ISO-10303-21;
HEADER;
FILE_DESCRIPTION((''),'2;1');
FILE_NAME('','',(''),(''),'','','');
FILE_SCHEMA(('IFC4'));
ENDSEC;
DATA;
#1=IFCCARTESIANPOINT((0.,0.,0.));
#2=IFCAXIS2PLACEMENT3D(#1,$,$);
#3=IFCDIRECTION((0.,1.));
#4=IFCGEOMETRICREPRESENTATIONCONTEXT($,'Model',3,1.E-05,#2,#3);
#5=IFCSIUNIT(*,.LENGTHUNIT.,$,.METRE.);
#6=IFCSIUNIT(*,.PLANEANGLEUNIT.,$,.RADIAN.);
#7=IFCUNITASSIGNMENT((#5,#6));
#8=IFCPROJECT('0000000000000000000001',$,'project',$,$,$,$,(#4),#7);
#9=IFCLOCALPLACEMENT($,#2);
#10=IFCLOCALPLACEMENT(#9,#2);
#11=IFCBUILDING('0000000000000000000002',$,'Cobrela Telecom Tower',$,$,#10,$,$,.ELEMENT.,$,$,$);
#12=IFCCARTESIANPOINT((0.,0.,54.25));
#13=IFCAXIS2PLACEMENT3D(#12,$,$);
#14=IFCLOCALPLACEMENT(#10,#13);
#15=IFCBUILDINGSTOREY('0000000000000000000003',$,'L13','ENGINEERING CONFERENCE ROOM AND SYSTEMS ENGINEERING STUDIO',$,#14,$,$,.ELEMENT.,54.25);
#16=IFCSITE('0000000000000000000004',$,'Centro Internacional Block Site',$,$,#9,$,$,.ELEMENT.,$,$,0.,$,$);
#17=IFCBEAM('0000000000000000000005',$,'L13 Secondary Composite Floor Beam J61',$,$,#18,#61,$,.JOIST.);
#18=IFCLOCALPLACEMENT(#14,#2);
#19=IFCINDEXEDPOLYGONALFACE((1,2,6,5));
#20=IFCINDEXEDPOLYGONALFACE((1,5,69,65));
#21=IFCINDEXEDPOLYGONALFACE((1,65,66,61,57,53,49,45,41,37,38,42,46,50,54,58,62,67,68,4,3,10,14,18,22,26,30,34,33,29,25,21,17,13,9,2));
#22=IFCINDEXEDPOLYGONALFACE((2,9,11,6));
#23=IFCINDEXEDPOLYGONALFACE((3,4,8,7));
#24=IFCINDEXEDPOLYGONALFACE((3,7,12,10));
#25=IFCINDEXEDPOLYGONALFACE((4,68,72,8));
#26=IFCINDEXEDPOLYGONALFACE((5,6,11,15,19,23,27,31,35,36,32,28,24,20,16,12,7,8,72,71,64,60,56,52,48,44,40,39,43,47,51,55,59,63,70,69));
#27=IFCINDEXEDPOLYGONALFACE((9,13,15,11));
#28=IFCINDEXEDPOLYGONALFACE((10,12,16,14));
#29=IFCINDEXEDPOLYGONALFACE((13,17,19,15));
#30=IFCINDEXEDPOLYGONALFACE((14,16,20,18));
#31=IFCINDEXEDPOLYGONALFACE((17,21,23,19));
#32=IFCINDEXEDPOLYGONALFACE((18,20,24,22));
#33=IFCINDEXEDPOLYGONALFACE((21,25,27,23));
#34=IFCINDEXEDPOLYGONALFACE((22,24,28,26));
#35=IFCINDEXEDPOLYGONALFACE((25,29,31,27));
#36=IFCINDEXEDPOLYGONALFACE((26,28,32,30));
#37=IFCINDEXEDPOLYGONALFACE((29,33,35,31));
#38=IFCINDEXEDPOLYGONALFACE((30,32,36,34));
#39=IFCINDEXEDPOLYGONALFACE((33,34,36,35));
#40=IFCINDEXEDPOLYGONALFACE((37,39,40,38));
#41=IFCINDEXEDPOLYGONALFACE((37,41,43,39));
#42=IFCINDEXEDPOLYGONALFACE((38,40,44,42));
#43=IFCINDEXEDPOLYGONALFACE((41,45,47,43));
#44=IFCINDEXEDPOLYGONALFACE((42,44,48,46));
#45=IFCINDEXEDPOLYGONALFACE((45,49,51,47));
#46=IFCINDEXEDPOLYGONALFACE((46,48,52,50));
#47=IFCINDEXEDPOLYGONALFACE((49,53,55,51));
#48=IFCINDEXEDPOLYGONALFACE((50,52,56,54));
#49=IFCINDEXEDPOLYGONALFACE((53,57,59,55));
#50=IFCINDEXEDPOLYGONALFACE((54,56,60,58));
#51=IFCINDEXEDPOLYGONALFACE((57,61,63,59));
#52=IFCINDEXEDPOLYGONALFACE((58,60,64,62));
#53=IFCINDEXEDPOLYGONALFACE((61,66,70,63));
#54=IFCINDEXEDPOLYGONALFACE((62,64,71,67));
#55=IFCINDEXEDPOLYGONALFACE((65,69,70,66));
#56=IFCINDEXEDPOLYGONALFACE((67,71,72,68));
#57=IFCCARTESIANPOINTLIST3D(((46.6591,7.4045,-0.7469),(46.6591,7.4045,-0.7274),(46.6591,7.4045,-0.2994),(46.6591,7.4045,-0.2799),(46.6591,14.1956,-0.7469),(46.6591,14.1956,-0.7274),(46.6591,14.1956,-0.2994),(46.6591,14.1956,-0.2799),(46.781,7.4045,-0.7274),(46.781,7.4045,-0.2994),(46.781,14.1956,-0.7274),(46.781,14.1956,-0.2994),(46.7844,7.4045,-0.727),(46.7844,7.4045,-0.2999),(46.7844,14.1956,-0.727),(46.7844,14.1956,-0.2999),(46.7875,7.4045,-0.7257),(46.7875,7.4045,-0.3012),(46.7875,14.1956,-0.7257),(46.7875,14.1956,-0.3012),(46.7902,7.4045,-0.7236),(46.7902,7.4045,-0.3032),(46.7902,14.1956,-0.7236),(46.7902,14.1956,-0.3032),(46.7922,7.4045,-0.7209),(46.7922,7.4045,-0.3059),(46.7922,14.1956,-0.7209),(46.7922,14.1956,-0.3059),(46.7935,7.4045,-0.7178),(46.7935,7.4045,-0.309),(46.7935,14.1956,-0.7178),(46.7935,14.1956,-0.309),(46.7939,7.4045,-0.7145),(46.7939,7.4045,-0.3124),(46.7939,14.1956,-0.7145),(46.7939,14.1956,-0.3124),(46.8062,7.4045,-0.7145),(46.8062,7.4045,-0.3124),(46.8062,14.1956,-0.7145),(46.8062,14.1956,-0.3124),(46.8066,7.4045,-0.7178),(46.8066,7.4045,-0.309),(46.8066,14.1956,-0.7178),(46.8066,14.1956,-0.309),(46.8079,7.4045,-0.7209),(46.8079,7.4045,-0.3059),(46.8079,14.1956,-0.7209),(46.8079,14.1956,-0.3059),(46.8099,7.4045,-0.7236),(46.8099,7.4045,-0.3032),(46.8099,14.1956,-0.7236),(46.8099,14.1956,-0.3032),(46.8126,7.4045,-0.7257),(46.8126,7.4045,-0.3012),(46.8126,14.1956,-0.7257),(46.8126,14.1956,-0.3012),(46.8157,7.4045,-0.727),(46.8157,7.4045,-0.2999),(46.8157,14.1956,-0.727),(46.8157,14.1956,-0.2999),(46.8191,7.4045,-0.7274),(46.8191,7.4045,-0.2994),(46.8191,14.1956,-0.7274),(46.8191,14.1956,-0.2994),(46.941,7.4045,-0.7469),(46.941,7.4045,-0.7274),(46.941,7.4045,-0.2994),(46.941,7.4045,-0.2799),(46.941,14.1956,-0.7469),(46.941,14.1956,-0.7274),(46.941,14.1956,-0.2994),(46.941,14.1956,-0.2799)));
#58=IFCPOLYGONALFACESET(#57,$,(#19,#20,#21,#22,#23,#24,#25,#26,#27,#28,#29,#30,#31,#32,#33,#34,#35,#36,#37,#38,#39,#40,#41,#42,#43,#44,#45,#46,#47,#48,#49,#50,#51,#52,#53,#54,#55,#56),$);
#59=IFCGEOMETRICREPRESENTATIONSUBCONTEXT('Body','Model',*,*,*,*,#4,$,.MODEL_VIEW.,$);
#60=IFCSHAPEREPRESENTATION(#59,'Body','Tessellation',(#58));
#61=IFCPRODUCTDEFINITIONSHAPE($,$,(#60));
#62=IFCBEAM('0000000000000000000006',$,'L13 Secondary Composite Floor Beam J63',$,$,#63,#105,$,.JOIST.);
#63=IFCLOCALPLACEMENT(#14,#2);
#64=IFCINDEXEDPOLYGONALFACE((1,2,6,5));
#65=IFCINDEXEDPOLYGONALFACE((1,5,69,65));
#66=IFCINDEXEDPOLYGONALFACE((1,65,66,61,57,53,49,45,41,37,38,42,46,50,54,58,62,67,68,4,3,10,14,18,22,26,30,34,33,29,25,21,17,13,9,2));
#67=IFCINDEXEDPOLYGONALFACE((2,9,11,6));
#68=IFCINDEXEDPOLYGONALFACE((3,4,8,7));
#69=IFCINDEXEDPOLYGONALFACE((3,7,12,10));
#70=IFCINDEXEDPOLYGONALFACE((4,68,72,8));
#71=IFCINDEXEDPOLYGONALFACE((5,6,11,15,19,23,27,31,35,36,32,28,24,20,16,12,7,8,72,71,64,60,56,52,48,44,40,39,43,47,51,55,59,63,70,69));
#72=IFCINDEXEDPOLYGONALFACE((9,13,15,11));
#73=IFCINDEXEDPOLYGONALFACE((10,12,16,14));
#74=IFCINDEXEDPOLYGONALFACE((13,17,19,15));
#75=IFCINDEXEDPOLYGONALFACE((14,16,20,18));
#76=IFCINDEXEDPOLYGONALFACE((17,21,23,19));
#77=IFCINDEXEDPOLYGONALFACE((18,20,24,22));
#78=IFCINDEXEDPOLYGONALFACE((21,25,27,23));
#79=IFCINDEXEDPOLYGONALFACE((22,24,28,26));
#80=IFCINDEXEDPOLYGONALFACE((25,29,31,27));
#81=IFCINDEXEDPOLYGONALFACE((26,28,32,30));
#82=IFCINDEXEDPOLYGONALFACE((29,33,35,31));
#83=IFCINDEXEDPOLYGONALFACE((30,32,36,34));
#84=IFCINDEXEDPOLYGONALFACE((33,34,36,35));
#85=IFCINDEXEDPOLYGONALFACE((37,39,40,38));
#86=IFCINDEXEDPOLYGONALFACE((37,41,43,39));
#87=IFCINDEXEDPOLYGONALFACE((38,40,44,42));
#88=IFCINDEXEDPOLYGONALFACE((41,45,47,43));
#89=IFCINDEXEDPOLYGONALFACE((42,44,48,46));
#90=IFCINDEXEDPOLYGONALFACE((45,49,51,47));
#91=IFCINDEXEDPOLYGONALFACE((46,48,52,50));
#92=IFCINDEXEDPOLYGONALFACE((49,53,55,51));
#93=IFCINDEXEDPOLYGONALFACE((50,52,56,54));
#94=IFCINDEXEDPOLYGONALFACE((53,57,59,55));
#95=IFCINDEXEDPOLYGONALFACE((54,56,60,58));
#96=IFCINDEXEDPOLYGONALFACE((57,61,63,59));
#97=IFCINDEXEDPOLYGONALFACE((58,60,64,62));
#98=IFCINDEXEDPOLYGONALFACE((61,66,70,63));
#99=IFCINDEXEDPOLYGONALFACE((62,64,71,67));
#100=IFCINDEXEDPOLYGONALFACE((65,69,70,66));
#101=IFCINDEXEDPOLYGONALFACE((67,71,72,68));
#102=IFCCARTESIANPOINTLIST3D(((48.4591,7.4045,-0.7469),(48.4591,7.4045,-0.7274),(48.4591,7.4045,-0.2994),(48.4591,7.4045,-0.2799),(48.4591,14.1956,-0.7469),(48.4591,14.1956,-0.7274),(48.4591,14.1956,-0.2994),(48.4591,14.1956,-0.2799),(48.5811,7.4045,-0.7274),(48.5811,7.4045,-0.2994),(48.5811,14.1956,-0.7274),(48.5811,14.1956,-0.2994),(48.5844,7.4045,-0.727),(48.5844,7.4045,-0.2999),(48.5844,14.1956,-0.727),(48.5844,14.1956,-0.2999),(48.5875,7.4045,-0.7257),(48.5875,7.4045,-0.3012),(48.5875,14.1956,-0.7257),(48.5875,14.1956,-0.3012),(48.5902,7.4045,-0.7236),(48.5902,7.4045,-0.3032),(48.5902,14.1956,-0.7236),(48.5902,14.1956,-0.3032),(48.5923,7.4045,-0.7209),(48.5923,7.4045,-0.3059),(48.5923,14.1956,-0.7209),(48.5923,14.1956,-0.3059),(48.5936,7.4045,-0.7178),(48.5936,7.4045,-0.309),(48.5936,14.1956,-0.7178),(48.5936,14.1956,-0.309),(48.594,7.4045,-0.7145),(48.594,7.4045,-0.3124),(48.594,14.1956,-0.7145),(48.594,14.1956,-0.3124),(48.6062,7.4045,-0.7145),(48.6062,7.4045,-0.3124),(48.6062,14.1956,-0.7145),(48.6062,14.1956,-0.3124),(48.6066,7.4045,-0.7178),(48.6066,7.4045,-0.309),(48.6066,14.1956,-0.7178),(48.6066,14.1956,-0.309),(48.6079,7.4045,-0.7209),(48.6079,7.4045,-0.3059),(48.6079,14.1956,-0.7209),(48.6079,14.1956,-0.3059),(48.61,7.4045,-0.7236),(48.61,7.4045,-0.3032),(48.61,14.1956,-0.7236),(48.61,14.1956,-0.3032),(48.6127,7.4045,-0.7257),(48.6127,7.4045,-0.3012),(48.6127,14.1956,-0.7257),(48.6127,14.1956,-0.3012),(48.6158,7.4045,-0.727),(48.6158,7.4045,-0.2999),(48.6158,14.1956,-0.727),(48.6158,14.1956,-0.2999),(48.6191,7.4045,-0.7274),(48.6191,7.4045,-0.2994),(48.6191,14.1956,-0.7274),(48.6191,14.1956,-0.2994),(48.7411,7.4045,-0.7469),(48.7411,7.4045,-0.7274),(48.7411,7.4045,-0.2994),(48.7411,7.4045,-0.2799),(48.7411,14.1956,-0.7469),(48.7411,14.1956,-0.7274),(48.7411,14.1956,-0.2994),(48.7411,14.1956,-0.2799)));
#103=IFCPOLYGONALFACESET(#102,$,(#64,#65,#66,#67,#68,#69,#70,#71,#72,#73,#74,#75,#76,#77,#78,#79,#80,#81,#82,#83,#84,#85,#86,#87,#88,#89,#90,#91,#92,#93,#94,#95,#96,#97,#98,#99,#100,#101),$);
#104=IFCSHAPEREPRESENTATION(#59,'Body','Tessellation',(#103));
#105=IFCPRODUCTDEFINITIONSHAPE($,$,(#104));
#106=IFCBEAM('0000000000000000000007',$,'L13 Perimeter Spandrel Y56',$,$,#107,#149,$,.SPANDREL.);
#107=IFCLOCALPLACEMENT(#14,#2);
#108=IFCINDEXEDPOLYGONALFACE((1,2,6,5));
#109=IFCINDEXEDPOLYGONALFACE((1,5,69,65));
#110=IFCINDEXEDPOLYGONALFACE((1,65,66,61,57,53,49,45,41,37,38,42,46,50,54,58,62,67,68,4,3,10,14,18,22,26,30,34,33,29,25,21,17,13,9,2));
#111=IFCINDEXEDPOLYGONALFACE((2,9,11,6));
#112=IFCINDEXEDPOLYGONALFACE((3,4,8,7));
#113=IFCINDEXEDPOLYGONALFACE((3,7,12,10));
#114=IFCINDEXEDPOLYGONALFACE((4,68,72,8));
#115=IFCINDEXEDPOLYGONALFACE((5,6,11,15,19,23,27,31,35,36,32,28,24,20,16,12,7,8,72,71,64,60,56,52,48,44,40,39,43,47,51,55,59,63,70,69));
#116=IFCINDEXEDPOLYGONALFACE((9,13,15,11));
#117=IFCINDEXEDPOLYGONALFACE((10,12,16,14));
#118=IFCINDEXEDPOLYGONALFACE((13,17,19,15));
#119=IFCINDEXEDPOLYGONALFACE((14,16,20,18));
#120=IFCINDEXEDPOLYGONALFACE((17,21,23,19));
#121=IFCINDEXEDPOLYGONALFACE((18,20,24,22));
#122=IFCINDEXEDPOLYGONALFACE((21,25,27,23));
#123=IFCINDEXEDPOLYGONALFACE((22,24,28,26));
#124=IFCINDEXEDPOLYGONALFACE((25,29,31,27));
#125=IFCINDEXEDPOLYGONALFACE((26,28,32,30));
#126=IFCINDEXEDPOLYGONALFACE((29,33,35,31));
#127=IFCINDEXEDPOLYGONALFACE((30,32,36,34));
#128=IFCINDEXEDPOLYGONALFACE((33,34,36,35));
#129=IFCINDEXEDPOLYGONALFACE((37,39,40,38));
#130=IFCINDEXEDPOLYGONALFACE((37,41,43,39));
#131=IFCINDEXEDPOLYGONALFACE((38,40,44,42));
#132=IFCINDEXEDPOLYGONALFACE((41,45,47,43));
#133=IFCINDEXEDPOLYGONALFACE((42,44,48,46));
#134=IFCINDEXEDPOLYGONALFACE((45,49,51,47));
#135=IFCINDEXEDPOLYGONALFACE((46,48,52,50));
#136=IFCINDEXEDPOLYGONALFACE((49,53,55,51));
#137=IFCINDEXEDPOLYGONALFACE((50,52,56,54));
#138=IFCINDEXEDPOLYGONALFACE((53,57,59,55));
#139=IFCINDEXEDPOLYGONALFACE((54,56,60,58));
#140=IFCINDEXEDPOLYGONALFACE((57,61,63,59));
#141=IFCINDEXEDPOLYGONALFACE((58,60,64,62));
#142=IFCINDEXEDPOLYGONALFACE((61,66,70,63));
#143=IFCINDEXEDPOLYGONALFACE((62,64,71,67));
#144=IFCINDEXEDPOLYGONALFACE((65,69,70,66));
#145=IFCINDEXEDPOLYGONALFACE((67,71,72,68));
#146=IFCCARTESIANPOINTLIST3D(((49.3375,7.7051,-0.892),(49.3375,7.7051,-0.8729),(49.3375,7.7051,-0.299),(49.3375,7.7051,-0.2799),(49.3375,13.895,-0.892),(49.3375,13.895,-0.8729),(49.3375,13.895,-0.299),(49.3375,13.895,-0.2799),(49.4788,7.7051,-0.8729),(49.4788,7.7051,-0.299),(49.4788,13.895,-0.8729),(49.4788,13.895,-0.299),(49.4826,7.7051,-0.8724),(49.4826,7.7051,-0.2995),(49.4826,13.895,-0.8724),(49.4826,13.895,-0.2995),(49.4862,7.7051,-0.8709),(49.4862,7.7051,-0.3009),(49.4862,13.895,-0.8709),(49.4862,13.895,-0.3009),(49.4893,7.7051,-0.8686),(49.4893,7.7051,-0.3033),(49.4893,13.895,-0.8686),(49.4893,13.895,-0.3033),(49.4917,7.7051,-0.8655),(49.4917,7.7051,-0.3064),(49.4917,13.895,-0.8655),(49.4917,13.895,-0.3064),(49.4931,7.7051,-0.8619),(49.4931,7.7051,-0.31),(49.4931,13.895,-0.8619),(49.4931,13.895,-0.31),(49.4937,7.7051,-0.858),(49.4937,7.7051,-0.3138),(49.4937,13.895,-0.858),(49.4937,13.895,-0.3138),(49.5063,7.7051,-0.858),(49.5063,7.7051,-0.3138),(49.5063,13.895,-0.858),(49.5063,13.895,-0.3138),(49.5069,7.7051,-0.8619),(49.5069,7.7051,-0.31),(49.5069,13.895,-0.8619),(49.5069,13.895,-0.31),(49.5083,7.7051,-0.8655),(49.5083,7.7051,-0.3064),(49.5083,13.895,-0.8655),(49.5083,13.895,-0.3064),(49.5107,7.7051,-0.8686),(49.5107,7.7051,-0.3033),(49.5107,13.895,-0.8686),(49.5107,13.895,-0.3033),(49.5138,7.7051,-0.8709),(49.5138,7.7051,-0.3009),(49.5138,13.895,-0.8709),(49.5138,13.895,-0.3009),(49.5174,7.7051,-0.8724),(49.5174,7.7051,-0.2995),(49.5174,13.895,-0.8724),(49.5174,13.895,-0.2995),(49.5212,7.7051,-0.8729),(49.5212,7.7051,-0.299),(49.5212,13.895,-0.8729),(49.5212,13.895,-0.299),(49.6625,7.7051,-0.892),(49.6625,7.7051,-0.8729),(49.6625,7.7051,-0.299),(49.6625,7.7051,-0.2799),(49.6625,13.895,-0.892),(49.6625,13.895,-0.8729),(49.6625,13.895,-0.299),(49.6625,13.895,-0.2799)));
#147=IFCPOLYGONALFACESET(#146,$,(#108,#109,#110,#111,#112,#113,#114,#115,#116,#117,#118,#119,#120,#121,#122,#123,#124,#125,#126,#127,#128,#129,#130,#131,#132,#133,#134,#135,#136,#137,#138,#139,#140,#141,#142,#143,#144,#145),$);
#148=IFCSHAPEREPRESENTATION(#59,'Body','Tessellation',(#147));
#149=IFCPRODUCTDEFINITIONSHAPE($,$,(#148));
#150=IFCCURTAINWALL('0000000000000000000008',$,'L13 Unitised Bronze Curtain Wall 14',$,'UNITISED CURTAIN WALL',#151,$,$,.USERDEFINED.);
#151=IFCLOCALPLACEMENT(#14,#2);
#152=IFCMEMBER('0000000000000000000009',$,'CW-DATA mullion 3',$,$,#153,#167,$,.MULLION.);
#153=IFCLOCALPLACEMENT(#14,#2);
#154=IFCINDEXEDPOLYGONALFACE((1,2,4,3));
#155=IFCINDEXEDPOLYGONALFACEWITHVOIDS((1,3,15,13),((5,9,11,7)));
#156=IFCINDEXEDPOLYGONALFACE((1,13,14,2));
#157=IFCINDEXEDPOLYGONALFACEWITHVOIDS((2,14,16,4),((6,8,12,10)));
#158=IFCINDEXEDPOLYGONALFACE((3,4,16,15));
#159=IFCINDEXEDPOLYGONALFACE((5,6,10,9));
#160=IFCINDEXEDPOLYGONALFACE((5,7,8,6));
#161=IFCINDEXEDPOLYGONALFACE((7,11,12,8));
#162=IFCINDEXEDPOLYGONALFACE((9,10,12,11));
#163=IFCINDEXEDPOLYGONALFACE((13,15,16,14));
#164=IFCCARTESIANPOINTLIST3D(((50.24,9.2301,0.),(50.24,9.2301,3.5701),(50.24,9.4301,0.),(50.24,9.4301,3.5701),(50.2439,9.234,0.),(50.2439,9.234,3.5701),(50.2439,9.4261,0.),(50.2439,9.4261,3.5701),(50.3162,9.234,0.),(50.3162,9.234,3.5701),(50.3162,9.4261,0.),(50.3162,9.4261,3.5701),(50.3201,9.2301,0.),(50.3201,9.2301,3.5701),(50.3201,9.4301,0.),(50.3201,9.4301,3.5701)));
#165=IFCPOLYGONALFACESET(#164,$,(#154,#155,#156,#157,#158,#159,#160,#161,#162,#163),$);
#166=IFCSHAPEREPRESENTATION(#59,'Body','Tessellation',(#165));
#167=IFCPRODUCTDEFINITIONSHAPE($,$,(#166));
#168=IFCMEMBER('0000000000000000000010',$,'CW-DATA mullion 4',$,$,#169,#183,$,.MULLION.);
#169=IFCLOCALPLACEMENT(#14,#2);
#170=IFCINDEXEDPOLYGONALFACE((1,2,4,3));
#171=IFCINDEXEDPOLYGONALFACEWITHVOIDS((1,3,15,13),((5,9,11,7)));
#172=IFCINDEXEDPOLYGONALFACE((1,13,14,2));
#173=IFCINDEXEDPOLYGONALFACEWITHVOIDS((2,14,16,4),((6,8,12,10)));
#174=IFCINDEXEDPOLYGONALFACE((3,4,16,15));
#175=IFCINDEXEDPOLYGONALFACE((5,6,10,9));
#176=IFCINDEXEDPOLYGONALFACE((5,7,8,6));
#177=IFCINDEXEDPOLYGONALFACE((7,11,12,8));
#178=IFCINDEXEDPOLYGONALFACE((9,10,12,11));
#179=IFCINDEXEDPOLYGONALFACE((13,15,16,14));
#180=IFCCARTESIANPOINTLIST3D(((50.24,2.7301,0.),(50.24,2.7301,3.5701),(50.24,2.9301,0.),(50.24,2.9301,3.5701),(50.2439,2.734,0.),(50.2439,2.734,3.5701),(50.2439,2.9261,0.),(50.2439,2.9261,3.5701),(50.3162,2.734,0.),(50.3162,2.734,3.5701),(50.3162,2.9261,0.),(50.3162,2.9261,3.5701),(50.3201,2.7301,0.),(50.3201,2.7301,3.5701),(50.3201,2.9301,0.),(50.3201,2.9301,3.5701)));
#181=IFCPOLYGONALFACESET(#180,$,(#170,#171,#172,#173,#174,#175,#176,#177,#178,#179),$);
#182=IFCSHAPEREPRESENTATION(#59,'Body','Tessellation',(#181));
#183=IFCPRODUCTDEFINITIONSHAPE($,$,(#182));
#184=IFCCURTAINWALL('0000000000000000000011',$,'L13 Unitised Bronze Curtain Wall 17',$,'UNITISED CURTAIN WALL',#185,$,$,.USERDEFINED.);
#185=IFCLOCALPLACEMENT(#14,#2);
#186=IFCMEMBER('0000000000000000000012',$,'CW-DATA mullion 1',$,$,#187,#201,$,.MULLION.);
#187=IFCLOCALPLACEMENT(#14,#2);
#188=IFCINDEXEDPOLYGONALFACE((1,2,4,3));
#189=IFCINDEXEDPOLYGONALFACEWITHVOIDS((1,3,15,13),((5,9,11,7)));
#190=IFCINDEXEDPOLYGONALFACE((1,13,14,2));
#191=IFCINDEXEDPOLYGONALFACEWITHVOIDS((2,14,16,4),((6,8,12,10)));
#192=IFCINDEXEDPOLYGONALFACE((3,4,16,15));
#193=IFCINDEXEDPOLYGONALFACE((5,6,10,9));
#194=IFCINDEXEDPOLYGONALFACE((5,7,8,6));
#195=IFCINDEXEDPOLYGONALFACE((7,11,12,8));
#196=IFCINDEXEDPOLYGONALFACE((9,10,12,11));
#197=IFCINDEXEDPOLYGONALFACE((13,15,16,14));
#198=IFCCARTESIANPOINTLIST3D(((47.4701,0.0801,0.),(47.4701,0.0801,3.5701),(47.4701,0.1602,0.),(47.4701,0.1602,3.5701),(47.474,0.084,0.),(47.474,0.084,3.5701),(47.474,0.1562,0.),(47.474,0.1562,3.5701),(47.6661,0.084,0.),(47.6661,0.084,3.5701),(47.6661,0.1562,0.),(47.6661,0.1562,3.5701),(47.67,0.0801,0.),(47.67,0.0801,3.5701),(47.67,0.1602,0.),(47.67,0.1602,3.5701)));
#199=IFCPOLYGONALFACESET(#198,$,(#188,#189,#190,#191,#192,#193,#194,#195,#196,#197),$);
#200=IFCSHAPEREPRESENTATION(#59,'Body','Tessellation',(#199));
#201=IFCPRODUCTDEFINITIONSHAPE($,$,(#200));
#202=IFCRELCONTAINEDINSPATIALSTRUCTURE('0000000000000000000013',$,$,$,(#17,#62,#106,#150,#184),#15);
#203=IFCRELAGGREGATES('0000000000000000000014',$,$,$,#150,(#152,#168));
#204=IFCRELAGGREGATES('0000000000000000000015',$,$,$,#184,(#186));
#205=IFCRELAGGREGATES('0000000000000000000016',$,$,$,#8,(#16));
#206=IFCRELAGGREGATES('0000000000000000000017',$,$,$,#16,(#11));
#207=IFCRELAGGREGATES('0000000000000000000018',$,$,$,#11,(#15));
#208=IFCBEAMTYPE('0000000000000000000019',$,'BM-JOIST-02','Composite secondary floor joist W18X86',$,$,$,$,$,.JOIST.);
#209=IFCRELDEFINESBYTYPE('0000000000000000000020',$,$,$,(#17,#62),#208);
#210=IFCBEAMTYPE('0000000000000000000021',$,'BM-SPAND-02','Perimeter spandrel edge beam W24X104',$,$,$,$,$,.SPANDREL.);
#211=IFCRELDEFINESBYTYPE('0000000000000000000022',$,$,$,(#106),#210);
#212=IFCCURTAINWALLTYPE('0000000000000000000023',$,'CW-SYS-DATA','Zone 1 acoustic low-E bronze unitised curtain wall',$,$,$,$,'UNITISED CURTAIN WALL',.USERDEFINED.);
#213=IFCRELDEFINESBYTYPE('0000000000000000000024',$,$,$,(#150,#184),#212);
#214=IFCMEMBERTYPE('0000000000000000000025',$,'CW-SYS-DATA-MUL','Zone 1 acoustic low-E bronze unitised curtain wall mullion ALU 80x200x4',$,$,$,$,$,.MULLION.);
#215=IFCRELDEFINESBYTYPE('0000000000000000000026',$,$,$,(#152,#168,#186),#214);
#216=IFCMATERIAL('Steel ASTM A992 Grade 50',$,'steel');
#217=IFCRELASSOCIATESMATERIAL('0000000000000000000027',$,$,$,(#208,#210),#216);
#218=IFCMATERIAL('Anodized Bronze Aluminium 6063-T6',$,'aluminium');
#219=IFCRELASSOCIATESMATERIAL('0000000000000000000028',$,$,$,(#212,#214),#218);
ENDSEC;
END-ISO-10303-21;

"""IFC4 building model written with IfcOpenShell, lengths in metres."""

from ifc_helpers import new_model, si_unit, direction, frame, origin, origin_2d, place, context, subcontext, project, spatial, hollow_rectangle, i_section, extrude, material, material_profile, profile_set, type_object, element, aggregate, save


model = new_model("IFC4")

# Units and contexts
model_context = context("Model", 3, precision=1e-05, world=origin(), true_north=direction((0.0, 1.0)))
body_context = subcontext(model_context, "Body", "Model", "MODEL_VIEW")
ifc_project = project(units=[si_unit("LENGTHUNIT", "METRE"), si_unit("PLANEANGLEUNIT", "RADIAN")], contexts=[model_context])

# Site, building, storey
site_placement = place(None, origin())
site = spatial("IfcSite", under=ifc_project, at=site_placement, Name="Centro Internacional Block Site", CompositionType="ELEMENT", RefElevation=0.0)
building_placement = place(site_placement, origin())
building = spatial("IfcBuilding", under=site, at=building_placement, Name="Cobrela Telecom Tower", CompositionType="ELEMENT")
storey_placement = place(building_placement, frame((0.0, 0.0, 54.25)))
storey = spatial("IfcBuildingStorey", under=building, at=storey_placement, Name="L13", Description="ENGINEERING CONFERENCE ROOM AND SYSTEMS ENGINEERING STUDIO", CompositionType="ELEMENT", Elevation=54.25)

# Beams
ifc_material_1 = material(Name="Steel ASTM A992 Grade 50", Category="steel")
ifc_material_profile_1 = material_profile(ifc_material_1, i_section(OverallWidth=0.282, OverallDepth=0.467, WebThickness=0.0122, FlangeThickness=0.0195, FilletRadius=0.0129, at=origin_2d()), Name="W18X86")
ifc_profile_set_1 = profile_set([ifc_material_profile_1], Name="Steel ASTM A992 Grade 50")
beam_type_1 = type_object("IfcBeamType", Name="BM-JOIST-02", Description="Composite secondary floor joist W18X86", PredefinedType="JOIST", material=ifc_profile_set_1)
for number, where, z_axis, x_axis, name in (
    (1, (46.8, 7.4045, -0.5134), (0.0, 1.0, 0.0), (-1.0, 0.0, 0.0), "L13 Secondary Composite Floor Beam J61"),
    (2, (48.6001, 7.4045, -0.5134), (0.0, 1.0, 0.0), (-1.0, 0.0, 0.0), "L13 Secondary Composite Floor Beam J63"),
):
    element("IfcBeam", number, at=place(storey_placement, frame(where, z_axis=z_axis, x_axis=x_axis)), inside=storey, type_object=beam_type_1, Name=name, PredefinedType="JOIST", context=body_context, shape_type="SweptSolid", body=[
        extrude(i_section(OverallWidth=0.282, OverallDepth=0.467, WebThickness=0.0122, FlangeThickness=0.0195, FilletRadius=0.0129, at=origin_2d()), origin(), (0.0, 0.0, 1.0), 6.791),
    ])
ifc_material_profile_2 = material_profile(ifc_material_1, i_section(OverallWidth=0.325, OverallDepth=0.6121, WebThickness=0.0127, FlangeThickness=0.019, FilletRadius=0.0149, at=origin_2d()), Name="W24X104")
ifc_profile_set_2 = profile_set([ifc_material_profile_2], Name="Steel ASTM A992 Grade 50")
beam_type_2 = type_object("IfcBeamType", Name="BM-SPAND-02", Description="Perimeter spandrel edge beam W24X104", PredefinedType="SPANDREL", material=ifc_profile_set_2)
beam_placement = place(storey_placement, frame((49.5, 7.7051, -0.5859), z_axis=(0.0, 1.0, 0.0), x_axis=(-1.0, 0.0, 0.0)))
element("IfcBeam", 3, at=beam_placement, inside=storey, type_object=beam_type_2, Name="L13 Perimeter Spandrel Y56", PredefinedType="SPANDREL", context=body_context, shape_type="SweptSolid", body=[
    extrude(i_section(OverallWidth=0.325, OverallDepth=0.6121, WebThickness=0.0127, FlangeThickness=0.019, FilletRadius=0.0149, at=origin_2d()), origin(), (0.0, 0.0, 1.0), 6.1899),
])

# Curtain wall, members
ifc_material_2 = material(Name="Anodized Bronze Aluminium 6063-T6", Category="aluminium")
curtain_wall_type = type_object("IfcCurtainWallType", Name="CW-SYS-DATA", Description="Zone 1 acoustic low-E bronze unitised curtain wall", ElementType="UNITISED CURTAIN WALL", PredefinedType="USERDEFINED", material=ifc_material_2)
curtain_wall_1_placement = place(storey_placement, origin())
curtain_wall_1 = element("IfcCurtainWall", 4, at=curtain_wall_1_placement, inside=storey, type_object=curtain_wall_type, Name="L13 Unitised Bronze Curtain Wall 14", ObjectType="UNITISED CURTAIN WALL", PredefinedType="USERDEFINED")
ifc_material_profile_3 = material_profile(ifc_material_2, hollow_rectangle(XDim=0.0801, YDim=0.2, WallThickness=0.0039, at=origin_2d()), Name="ALU 80x200x4")
ifc_profile_set_3 = profile_set([ifc_material_profile_3], Name="Anodized Bronze Aluminium 6063-T6")
member_type_1 = type_object("IfcMemberType", Name="CW-SYS-DATA-MUL", Description="Zone 1 acoustic low-E bronze unitised curtain wall mullion ALU 80x200x4", PredefinedType="MULLION", material=ifc_profile_set_3)
member_1_placement = place(storey_placement, frame((50.28, 9.3301, 0.0), z_axis=(0.0, 0.0, 1.0), x_axis=(1.0, 0.0, 0.0)))
member_1 = element("IfcMember", 5, at=member_1_placement, type_object=member_type_1, Name="CW-DATA mullion 3", PredefinedType="MULLION", context=body_context, shape_type="SweptSolid", body=[
    extrude(hollow_rectangle(XDim=0.0801, YDim=0.2, WallThickness=0.0039, at=origin_2d()), origin(), (0.0, 0.0, 1.0), 3.5701),
])
member_2_placement = place(storey_placement, frame((50.28, 2.8301, 0.0), z_axis=(0.0, 0.0, 1.0), x_axis=(1.0, 0.0, 0.0)))
member_2 = element("IfcMember", 6, at=member_2_placement, type_object=member_type_1, Name="CW-DATA mullion 4", PredefinedType="MULLION", context=body_context, shape_type="SweptSolid", body=[
    extrude(hollow_rectangle(XDim=0.0801, YDim=0.2, WallThickness=0.0039, at=origin_2d()), origin(), (0.0, 0.0, 1.0), 3.5701),
])

# Curtain wall, member
curtain_wall_2_placement = place(storey_placement, origin())
curtain_wall_2 = element("IfcCurtainWall", 7, at=curtain_wall_2_placement, inside=storey, type_object=curtain_wall_type, Name="L13 Unitised Bronze Curtain Wall 17", ObjectType="UNITISED CURTAIN WALL", PredefinedType="USERDEFINED")
member_3_placement = place(storey_placement, frame((47.5701, 0.1201, 0.0), z_axis=(0.0, 0.0, 1.0), x_axis=(0.0, -1.0, 0.0)))
member_3 = element("IfcMember", 8, at=member_3_placement, type_object=member_type_1, Name="CW-DATA mullion 1", PredefinedType="MULLION", context=body_context, shape_type="SweptSolid", body=[
    extrude(hollow_rectangle(XDim=0.0801, YDim=0.2, WallThickness=0.0039, at=origin_2d()), origin(), (0.0, 0.0, 1.0), 3.5701),
])

aggregate(curtain_wall_1, [member_1, member_2])
aggregate(curtain_wall_2, [member_3])

save(model, "model.ifc")
